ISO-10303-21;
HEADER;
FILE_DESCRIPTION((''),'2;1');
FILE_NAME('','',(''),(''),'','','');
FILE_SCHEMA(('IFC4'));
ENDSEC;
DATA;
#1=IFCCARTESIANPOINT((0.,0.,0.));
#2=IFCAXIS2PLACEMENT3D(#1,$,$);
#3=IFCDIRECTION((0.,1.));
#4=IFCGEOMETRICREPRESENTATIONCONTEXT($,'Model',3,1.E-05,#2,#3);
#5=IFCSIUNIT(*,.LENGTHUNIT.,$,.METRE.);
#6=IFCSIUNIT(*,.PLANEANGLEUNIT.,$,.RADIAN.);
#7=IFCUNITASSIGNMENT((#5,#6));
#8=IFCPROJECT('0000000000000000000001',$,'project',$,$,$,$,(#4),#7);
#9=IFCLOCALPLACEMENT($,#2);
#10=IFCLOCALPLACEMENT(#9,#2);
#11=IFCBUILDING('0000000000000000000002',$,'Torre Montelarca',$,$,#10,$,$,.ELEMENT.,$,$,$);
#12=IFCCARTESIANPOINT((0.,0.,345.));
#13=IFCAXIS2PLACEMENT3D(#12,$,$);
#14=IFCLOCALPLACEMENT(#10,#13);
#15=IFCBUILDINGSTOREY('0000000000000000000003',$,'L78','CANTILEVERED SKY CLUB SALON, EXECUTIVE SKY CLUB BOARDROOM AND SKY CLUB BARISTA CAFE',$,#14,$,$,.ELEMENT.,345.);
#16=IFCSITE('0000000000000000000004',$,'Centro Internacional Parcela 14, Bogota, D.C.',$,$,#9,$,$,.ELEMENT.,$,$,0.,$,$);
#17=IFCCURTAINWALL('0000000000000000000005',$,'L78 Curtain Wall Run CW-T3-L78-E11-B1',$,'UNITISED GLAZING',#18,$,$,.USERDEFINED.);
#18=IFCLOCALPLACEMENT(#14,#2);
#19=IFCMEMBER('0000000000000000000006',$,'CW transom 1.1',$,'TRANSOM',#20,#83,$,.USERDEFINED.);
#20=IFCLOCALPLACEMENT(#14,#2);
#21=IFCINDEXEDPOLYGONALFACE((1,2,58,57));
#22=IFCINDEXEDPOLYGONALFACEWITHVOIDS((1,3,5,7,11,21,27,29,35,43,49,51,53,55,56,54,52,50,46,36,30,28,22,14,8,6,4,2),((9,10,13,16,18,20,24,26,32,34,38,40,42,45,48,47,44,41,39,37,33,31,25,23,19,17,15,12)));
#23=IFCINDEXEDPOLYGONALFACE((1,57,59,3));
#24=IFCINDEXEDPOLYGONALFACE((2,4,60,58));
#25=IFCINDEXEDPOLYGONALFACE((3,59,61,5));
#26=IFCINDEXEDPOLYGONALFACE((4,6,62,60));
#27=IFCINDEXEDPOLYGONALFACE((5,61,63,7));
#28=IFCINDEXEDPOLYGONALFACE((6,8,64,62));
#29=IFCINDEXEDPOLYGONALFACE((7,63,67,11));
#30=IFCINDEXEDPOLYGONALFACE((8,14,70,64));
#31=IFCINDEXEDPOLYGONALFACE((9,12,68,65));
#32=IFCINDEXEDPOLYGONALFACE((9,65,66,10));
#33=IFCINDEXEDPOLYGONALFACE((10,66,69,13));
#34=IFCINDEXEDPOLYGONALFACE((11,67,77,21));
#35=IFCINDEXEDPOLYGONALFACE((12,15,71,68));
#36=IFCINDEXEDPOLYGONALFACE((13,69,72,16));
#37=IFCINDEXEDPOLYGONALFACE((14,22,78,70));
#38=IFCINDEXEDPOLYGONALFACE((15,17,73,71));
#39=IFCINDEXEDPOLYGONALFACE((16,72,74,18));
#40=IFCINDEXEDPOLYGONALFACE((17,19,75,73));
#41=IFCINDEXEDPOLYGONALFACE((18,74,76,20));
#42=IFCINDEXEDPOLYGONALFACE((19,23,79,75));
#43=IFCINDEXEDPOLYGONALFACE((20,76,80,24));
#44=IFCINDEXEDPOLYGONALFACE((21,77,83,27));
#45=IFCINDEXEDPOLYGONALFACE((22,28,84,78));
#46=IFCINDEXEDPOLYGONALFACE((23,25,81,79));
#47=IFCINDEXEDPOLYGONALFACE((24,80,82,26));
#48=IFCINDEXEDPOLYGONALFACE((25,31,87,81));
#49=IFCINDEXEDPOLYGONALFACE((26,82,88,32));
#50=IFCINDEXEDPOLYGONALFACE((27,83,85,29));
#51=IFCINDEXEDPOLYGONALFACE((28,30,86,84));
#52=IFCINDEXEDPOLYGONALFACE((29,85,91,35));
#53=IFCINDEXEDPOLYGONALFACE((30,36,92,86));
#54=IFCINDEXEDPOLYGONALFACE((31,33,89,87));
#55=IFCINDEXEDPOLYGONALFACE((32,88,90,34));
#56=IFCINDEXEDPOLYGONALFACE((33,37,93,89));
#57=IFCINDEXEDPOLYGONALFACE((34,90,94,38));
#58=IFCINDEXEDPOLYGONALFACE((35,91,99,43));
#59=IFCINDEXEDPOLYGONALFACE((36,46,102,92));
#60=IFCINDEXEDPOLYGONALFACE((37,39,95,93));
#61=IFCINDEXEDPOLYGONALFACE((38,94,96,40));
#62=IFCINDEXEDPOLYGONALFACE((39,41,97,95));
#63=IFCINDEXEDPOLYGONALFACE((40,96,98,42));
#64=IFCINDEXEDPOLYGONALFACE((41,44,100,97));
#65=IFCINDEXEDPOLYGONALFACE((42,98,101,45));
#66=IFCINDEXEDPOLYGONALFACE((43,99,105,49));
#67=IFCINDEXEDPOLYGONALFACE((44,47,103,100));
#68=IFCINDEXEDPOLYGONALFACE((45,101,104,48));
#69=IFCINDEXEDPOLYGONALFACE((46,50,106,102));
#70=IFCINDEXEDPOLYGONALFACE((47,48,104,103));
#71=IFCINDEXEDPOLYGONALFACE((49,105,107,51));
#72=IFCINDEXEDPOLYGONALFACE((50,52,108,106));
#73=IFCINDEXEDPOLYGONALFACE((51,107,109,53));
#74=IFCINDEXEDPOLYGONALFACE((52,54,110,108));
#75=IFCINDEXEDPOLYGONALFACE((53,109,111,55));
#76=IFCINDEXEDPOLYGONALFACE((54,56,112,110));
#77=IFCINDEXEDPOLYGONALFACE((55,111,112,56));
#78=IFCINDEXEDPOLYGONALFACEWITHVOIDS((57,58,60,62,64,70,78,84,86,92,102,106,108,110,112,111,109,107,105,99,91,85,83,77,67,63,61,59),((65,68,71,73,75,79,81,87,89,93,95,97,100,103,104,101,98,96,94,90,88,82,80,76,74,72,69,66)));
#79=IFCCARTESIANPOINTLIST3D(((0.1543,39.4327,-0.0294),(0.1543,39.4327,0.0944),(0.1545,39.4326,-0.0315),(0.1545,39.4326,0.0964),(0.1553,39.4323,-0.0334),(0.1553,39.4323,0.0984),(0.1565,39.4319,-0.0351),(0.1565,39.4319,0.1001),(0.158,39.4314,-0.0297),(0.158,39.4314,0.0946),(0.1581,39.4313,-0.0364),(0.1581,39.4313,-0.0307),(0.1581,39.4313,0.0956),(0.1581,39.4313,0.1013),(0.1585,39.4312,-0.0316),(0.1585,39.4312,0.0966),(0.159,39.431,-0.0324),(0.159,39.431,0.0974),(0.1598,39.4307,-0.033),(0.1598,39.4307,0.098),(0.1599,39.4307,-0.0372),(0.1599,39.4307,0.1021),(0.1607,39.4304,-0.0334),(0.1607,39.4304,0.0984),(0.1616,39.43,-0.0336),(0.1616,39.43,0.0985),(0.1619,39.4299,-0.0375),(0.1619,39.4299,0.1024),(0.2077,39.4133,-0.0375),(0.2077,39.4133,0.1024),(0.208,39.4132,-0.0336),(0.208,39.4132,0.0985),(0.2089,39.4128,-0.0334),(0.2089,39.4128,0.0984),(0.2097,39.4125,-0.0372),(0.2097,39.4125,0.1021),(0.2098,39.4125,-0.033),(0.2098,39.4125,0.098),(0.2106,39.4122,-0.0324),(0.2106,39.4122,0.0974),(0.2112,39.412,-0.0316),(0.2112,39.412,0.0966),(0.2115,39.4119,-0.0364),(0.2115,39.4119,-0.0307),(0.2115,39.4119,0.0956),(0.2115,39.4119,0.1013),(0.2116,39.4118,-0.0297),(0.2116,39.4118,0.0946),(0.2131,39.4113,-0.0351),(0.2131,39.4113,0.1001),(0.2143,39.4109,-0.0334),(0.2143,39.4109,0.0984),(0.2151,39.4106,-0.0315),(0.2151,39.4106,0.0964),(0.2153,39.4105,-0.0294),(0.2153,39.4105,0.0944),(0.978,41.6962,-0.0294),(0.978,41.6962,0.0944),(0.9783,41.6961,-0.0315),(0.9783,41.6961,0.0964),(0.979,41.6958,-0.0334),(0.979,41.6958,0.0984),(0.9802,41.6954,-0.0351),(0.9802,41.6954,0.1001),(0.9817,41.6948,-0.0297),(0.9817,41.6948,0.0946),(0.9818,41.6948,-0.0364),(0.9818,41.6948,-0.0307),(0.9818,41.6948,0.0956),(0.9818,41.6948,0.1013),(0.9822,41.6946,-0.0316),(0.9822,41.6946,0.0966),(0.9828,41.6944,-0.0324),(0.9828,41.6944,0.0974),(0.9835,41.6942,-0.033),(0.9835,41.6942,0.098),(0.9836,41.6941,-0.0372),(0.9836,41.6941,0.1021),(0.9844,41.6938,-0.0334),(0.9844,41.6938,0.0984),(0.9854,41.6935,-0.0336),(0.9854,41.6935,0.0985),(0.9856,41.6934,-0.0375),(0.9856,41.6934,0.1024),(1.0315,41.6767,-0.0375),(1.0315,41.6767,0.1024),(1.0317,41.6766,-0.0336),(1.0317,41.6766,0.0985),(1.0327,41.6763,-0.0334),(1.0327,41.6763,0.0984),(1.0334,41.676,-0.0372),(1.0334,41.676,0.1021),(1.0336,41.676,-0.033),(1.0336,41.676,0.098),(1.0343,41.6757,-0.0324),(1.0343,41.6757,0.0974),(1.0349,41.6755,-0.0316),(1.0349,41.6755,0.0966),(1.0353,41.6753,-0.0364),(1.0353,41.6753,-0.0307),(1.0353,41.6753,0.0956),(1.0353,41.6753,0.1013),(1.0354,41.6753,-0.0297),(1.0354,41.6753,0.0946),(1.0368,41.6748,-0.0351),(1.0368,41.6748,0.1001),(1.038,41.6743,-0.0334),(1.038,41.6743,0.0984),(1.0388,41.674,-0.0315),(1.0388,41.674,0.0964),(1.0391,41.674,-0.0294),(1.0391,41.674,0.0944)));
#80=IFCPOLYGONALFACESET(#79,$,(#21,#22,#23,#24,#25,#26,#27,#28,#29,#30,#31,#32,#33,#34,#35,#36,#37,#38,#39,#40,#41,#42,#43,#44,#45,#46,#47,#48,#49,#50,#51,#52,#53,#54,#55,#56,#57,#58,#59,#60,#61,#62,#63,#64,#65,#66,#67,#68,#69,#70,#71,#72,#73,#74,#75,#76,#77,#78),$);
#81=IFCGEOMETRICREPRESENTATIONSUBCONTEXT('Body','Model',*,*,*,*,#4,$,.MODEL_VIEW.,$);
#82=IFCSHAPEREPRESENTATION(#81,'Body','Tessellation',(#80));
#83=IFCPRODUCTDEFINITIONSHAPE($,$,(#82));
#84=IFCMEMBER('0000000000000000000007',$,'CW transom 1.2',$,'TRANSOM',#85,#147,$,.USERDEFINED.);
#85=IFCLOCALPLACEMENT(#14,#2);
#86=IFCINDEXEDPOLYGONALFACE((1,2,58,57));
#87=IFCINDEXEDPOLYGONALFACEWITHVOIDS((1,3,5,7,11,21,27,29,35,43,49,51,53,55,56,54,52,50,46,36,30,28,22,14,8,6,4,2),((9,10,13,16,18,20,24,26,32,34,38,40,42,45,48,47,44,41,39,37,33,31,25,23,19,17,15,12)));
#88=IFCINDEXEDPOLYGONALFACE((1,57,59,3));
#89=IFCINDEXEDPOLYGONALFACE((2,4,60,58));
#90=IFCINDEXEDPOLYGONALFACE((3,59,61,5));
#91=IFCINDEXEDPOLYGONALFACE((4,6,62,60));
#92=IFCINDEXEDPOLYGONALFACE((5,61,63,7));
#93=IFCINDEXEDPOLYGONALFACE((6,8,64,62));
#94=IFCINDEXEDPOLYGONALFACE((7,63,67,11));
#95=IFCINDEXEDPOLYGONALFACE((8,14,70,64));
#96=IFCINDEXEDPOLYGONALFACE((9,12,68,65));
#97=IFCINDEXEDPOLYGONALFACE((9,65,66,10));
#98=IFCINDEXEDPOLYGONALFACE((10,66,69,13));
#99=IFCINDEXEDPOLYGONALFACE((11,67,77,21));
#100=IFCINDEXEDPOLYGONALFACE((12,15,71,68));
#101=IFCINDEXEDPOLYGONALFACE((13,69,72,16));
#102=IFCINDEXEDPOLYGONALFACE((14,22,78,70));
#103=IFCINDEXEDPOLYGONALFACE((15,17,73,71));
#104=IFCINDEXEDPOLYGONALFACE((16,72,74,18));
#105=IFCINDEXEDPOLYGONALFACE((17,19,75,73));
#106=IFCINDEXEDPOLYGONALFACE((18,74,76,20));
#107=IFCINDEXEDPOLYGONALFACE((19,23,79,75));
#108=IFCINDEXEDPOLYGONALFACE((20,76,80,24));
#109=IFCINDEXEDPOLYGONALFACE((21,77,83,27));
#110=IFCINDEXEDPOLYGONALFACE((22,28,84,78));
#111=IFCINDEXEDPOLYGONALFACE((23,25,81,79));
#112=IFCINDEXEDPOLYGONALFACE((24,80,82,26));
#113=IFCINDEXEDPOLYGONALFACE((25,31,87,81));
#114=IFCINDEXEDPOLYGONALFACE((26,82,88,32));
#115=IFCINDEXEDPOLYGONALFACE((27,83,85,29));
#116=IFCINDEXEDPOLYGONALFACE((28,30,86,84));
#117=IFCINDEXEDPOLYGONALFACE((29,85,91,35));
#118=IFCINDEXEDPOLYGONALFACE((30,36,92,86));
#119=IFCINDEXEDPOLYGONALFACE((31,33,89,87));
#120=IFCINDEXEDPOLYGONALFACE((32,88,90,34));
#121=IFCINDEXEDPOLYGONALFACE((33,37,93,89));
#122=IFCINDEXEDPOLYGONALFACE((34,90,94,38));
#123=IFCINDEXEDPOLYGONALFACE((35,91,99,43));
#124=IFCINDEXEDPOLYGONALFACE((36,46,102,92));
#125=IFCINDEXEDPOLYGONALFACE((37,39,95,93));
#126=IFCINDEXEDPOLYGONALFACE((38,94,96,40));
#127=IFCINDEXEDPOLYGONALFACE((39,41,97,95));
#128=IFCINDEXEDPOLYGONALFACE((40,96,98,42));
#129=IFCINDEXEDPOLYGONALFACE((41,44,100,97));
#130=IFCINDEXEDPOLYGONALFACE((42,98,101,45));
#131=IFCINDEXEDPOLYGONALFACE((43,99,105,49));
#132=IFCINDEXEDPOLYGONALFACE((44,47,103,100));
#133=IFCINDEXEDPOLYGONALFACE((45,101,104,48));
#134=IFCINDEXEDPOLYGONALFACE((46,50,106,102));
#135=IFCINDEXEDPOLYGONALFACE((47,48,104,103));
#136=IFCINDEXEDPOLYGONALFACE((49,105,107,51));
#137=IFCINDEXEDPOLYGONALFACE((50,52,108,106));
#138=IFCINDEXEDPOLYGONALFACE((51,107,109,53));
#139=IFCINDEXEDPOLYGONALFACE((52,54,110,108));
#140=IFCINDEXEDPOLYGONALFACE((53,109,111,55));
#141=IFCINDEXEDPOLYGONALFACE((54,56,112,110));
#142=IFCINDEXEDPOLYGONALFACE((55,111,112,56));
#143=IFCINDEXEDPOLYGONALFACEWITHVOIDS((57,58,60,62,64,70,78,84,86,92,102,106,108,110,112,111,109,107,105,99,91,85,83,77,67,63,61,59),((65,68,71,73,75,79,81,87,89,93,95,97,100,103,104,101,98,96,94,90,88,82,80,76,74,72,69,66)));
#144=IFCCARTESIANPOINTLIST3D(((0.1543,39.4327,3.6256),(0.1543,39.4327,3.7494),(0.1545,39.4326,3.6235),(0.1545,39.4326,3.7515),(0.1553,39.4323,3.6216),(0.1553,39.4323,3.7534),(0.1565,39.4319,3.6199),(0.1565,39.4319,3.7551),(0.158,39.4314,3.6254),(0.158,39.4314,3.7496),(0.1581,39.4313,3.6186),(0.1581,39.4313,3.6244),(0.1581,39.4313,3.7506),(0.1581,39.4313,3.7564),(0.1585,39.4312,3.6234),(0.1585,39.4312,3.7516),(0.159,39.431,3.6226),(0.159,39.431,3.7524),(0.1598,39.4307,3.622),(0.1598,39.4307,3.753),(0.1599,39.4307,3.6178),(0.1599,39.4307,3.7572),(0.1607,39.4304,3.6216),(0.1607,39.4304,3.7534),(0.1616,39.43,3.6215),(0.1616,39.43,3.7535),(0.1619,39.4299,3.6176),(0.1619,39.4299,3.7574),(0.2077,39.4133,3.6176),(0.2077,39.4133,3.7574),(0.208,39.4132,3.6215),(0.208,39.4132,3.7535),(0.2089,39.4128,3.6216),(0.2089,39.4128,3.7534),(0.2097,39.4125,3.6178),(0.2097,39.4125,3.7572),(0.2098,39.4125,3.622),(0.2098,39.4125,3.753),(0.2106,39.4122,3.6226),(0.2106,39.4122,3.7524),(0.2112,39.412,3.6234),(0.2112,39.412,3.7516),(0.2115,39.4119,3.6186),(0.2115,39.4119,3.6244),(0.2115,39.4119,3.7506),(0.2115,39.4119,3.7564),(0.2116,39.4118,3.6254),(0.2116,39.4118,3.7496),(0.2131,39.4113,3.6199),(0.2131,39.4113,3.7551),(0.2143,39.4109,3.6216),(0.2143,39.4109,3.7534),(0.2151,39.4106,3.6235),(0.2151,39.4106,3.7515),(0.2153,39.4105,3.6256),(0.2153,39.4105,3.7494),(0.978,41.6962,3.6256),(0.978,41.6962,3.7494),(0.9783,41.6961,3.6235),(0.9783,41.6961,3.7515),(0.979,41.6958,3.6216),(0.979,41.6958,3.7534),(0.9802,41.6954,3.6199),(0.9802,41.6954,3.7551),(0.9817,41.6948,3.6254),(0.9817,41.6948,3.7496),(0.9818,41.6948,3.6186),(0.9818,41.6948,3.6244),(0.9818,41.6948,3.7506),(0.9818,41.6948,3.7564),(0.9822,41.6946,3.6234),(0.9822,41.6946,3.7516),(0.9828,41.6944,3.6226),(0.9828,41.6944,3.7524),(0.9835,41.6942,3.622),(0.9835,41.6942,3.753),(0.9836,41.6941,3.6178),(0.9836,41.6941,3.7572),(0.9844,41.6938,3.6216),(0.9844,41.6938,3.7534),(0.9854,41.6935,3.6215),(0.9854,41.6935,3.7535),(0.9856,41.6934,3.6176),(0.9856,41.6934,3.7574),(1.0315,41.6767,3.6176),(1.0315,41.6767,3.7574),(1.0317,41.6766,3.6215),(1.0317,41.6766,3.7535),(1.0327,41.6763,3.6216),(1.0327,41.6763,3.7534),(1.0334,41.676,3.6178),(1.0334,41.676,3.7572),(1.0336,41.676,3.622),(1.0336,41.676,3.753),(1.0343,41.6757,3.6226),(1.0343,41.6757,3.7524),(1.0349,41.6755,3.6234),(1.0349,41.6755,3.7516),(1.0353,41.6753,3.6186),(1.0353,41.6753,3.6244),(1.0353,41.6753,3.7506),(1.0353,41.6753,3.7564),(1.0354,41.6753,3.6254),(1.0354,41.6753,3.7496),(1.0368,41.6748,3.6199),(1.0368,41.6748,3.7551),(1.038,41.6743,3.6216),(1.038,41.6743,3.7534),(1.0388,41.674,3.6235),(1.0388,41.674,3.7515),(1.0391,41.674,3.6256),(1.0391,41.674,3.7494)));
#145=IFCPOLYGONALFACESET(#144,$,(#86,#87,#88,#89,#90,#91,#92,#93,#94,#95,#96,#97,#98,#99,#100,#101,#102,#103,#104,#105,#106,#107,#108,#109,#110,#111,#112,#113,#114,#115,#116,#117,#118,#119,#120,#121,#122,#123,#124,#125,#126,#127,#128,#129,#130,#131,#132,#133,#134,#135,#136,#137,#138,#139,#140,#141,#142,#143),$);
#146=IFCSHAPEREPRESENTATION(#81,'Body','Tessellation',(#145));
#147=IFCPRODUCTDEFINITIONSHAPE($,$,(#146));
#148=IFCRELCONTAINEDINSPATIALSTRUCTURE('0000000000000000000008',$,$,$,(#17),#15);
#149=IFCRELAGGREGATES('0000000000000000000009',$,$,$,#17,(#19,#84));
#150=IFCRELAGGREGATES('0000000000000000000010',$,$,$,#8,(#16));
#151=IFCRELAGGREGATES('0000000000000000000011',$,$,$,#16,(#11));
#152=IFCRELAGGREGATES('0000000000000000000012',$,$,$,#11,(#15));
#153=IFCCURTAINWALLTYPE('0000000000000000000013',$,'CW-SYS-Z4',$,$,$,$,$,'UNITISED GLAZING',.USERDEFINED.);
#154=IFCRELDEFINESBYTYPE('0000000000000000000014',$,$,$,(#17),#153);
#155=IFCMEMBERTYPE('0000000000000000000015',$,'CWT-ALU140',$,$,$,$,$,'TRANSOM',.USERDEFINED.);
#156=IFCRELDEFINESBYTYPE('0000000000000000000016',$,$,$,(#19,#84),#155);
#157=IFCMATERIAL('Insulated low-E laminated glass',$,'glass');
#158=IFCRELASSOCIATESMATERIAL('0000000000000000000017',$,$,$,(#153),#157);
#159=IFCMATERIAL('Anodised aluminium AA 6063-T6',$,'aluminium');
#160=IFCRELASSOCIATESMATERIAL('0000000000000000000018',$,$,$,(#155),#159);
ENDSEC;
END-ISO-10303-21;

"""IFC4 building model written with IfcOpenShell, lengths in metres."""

from ifc_helpers import new_model, si_unit, direction, frame, origin, origin_2d, place, context, subcontext, project, spatial, hollow_rectangle, extrude, source, transform, mapped, material, material_profile, profile_set, type_object, element, aggregate, save


model = new_model("IFC4")

# Units and contexts
model_context = context("Model", 3, precision=1e-05, world=origin(), true_north=direction((0.0, 1.0)))
body_context = subcontext(model_context, "Body", "Model", "MODEL_VIEW")
ifc_project = project(units=[si_unit("LENGTHUNIT", "METRE"), si_unit("PLANEANGLEUNIT", "RADIAN")], contexts=[model_context])

# Site, building, storey
site_placement = place(None, origin())
site = spatial("IfcSite", under=ifc_project, at=site_placement, Name="Centro Internacional Parcela 14, Bogota, D.C.", CompositionType="ELEMENT", RefElevation=0.0)
building_placement = place(site_placement, origin())
building = spatial("IfcBuilding", under=site, at=building_placement, Name="Torre Montelarca", CompositionType="ELEMENT")
storey_placement = place(building_placement, frame((0.0, 0.0, 345.0)))
storey = spatial("IfcBuildingStorey", under=building, at=storey_placement, Name="L78", Description="CANTILEVERED SKY CLUB SALON, EXECUTIVE SKY CLUB BOARDROOM AND SKY CLUB BARISTA CAFE", CompositionType="ELEMENT", Elevation=345.0)

# Curtain wall, members
ifc_material_1 = material(Name="Insulated low-E laminated glass", Category="glass")
curtain_wall_type = type_object("IfcCurtainWallType", Name="CW-SYS-Z4", ElementType="UNITISED GLAZING", PredefinedType="USERDEFINED", material=ifc_material_1)
curtain_wall_1_placement = place(storey_placement, origin())
curtain_wall_1 = element("IfcCurtainWall", 1, at=curtain_wall_1_placement, inside=storey, type_object=curtain_wall_type, Name="L78 Curtain Wall Run CW-T3-L78-E11-B1", ObjectType="UNITISED GLAZING", PredefinedType="USERDEFINED")
ifc_material_2 = material(Name="Anodised aluminium AA 6063-T6", Category="aluminium")
ifc_material_profile_1 = material_profile(ifc_material_2, hollow_rectangle(XDim=0.0649, YDim=0.1399, WallThickness=0.0039, InnerFilletRadius=0.0039, OuterFilletRadius=0.0081, at=origin_2d()), Name="ALU65X140X4", Category="aluminium")
ifc_profile_set_1 = profile_set([ifc_material_profile_1], Name="Anodised aluminium AA 6063-T6")
member_type_1 = type_object("IfcMemberType", Name="CWT-ALU140", ElementType="TRANSOM", PredefinedType="USERDEFINED", material=ifc_profile_set_1)
shared_shape_1 = source(origin(), body_context, "Body", "SweptSolid", [
    extrude(hollow_rectangle(XDim=0.0649, YDim=0.1399, WallThickness=0.0039, InnerFilletRadius=0.0039, OuterFilletRadius=0.0081, at=origin_2d()), origin(), (0.0, 0.0, 1.0), 2.4087),
])
member_1_placement = place(storey_placement, frame((1.0085, 41.6851, 0.0325), z_axis=(-0.341987, -0.939705, 0.0), x_axis=(0.939705, -0.341987, 0.0)))
member_1 = element("IfcMember", 2, at=member_1_placement, type_object=member_type_1, Name="CW transom 1.1", ObjectType="TRANSOM", PredefinedType="USERDEFINED", context=body_context, shape_type="MappedRepresentation", body=[
    mapped(shared_shape_1, transform((0.0, 0.0, 0.0), scale=1.0)),
])
member_2_placement = place(storey_placement, frame((1.0085, 41.6851, 3.6875), z_axis=(-0.341987, -0.939705, 0.0), x_axis=(0.939705, -0.341987, 0.0)))
member_2 = element("IfcMember", 3, at=member_2_placement, type_object=member_type_1, Name="CW transom 1.2", ObjectType="TRANSOM", PredefinedType="USERDEFINED", context=body_context, shape_type="MappedRepresentation", body=[
    mapped(shared_shape_1, transform((0.0, 0.0, 0.0), scale=1.0)),
])
aggregate(curtain_wall_1, [member_1, member_2])

save(model, "model.ifc")
